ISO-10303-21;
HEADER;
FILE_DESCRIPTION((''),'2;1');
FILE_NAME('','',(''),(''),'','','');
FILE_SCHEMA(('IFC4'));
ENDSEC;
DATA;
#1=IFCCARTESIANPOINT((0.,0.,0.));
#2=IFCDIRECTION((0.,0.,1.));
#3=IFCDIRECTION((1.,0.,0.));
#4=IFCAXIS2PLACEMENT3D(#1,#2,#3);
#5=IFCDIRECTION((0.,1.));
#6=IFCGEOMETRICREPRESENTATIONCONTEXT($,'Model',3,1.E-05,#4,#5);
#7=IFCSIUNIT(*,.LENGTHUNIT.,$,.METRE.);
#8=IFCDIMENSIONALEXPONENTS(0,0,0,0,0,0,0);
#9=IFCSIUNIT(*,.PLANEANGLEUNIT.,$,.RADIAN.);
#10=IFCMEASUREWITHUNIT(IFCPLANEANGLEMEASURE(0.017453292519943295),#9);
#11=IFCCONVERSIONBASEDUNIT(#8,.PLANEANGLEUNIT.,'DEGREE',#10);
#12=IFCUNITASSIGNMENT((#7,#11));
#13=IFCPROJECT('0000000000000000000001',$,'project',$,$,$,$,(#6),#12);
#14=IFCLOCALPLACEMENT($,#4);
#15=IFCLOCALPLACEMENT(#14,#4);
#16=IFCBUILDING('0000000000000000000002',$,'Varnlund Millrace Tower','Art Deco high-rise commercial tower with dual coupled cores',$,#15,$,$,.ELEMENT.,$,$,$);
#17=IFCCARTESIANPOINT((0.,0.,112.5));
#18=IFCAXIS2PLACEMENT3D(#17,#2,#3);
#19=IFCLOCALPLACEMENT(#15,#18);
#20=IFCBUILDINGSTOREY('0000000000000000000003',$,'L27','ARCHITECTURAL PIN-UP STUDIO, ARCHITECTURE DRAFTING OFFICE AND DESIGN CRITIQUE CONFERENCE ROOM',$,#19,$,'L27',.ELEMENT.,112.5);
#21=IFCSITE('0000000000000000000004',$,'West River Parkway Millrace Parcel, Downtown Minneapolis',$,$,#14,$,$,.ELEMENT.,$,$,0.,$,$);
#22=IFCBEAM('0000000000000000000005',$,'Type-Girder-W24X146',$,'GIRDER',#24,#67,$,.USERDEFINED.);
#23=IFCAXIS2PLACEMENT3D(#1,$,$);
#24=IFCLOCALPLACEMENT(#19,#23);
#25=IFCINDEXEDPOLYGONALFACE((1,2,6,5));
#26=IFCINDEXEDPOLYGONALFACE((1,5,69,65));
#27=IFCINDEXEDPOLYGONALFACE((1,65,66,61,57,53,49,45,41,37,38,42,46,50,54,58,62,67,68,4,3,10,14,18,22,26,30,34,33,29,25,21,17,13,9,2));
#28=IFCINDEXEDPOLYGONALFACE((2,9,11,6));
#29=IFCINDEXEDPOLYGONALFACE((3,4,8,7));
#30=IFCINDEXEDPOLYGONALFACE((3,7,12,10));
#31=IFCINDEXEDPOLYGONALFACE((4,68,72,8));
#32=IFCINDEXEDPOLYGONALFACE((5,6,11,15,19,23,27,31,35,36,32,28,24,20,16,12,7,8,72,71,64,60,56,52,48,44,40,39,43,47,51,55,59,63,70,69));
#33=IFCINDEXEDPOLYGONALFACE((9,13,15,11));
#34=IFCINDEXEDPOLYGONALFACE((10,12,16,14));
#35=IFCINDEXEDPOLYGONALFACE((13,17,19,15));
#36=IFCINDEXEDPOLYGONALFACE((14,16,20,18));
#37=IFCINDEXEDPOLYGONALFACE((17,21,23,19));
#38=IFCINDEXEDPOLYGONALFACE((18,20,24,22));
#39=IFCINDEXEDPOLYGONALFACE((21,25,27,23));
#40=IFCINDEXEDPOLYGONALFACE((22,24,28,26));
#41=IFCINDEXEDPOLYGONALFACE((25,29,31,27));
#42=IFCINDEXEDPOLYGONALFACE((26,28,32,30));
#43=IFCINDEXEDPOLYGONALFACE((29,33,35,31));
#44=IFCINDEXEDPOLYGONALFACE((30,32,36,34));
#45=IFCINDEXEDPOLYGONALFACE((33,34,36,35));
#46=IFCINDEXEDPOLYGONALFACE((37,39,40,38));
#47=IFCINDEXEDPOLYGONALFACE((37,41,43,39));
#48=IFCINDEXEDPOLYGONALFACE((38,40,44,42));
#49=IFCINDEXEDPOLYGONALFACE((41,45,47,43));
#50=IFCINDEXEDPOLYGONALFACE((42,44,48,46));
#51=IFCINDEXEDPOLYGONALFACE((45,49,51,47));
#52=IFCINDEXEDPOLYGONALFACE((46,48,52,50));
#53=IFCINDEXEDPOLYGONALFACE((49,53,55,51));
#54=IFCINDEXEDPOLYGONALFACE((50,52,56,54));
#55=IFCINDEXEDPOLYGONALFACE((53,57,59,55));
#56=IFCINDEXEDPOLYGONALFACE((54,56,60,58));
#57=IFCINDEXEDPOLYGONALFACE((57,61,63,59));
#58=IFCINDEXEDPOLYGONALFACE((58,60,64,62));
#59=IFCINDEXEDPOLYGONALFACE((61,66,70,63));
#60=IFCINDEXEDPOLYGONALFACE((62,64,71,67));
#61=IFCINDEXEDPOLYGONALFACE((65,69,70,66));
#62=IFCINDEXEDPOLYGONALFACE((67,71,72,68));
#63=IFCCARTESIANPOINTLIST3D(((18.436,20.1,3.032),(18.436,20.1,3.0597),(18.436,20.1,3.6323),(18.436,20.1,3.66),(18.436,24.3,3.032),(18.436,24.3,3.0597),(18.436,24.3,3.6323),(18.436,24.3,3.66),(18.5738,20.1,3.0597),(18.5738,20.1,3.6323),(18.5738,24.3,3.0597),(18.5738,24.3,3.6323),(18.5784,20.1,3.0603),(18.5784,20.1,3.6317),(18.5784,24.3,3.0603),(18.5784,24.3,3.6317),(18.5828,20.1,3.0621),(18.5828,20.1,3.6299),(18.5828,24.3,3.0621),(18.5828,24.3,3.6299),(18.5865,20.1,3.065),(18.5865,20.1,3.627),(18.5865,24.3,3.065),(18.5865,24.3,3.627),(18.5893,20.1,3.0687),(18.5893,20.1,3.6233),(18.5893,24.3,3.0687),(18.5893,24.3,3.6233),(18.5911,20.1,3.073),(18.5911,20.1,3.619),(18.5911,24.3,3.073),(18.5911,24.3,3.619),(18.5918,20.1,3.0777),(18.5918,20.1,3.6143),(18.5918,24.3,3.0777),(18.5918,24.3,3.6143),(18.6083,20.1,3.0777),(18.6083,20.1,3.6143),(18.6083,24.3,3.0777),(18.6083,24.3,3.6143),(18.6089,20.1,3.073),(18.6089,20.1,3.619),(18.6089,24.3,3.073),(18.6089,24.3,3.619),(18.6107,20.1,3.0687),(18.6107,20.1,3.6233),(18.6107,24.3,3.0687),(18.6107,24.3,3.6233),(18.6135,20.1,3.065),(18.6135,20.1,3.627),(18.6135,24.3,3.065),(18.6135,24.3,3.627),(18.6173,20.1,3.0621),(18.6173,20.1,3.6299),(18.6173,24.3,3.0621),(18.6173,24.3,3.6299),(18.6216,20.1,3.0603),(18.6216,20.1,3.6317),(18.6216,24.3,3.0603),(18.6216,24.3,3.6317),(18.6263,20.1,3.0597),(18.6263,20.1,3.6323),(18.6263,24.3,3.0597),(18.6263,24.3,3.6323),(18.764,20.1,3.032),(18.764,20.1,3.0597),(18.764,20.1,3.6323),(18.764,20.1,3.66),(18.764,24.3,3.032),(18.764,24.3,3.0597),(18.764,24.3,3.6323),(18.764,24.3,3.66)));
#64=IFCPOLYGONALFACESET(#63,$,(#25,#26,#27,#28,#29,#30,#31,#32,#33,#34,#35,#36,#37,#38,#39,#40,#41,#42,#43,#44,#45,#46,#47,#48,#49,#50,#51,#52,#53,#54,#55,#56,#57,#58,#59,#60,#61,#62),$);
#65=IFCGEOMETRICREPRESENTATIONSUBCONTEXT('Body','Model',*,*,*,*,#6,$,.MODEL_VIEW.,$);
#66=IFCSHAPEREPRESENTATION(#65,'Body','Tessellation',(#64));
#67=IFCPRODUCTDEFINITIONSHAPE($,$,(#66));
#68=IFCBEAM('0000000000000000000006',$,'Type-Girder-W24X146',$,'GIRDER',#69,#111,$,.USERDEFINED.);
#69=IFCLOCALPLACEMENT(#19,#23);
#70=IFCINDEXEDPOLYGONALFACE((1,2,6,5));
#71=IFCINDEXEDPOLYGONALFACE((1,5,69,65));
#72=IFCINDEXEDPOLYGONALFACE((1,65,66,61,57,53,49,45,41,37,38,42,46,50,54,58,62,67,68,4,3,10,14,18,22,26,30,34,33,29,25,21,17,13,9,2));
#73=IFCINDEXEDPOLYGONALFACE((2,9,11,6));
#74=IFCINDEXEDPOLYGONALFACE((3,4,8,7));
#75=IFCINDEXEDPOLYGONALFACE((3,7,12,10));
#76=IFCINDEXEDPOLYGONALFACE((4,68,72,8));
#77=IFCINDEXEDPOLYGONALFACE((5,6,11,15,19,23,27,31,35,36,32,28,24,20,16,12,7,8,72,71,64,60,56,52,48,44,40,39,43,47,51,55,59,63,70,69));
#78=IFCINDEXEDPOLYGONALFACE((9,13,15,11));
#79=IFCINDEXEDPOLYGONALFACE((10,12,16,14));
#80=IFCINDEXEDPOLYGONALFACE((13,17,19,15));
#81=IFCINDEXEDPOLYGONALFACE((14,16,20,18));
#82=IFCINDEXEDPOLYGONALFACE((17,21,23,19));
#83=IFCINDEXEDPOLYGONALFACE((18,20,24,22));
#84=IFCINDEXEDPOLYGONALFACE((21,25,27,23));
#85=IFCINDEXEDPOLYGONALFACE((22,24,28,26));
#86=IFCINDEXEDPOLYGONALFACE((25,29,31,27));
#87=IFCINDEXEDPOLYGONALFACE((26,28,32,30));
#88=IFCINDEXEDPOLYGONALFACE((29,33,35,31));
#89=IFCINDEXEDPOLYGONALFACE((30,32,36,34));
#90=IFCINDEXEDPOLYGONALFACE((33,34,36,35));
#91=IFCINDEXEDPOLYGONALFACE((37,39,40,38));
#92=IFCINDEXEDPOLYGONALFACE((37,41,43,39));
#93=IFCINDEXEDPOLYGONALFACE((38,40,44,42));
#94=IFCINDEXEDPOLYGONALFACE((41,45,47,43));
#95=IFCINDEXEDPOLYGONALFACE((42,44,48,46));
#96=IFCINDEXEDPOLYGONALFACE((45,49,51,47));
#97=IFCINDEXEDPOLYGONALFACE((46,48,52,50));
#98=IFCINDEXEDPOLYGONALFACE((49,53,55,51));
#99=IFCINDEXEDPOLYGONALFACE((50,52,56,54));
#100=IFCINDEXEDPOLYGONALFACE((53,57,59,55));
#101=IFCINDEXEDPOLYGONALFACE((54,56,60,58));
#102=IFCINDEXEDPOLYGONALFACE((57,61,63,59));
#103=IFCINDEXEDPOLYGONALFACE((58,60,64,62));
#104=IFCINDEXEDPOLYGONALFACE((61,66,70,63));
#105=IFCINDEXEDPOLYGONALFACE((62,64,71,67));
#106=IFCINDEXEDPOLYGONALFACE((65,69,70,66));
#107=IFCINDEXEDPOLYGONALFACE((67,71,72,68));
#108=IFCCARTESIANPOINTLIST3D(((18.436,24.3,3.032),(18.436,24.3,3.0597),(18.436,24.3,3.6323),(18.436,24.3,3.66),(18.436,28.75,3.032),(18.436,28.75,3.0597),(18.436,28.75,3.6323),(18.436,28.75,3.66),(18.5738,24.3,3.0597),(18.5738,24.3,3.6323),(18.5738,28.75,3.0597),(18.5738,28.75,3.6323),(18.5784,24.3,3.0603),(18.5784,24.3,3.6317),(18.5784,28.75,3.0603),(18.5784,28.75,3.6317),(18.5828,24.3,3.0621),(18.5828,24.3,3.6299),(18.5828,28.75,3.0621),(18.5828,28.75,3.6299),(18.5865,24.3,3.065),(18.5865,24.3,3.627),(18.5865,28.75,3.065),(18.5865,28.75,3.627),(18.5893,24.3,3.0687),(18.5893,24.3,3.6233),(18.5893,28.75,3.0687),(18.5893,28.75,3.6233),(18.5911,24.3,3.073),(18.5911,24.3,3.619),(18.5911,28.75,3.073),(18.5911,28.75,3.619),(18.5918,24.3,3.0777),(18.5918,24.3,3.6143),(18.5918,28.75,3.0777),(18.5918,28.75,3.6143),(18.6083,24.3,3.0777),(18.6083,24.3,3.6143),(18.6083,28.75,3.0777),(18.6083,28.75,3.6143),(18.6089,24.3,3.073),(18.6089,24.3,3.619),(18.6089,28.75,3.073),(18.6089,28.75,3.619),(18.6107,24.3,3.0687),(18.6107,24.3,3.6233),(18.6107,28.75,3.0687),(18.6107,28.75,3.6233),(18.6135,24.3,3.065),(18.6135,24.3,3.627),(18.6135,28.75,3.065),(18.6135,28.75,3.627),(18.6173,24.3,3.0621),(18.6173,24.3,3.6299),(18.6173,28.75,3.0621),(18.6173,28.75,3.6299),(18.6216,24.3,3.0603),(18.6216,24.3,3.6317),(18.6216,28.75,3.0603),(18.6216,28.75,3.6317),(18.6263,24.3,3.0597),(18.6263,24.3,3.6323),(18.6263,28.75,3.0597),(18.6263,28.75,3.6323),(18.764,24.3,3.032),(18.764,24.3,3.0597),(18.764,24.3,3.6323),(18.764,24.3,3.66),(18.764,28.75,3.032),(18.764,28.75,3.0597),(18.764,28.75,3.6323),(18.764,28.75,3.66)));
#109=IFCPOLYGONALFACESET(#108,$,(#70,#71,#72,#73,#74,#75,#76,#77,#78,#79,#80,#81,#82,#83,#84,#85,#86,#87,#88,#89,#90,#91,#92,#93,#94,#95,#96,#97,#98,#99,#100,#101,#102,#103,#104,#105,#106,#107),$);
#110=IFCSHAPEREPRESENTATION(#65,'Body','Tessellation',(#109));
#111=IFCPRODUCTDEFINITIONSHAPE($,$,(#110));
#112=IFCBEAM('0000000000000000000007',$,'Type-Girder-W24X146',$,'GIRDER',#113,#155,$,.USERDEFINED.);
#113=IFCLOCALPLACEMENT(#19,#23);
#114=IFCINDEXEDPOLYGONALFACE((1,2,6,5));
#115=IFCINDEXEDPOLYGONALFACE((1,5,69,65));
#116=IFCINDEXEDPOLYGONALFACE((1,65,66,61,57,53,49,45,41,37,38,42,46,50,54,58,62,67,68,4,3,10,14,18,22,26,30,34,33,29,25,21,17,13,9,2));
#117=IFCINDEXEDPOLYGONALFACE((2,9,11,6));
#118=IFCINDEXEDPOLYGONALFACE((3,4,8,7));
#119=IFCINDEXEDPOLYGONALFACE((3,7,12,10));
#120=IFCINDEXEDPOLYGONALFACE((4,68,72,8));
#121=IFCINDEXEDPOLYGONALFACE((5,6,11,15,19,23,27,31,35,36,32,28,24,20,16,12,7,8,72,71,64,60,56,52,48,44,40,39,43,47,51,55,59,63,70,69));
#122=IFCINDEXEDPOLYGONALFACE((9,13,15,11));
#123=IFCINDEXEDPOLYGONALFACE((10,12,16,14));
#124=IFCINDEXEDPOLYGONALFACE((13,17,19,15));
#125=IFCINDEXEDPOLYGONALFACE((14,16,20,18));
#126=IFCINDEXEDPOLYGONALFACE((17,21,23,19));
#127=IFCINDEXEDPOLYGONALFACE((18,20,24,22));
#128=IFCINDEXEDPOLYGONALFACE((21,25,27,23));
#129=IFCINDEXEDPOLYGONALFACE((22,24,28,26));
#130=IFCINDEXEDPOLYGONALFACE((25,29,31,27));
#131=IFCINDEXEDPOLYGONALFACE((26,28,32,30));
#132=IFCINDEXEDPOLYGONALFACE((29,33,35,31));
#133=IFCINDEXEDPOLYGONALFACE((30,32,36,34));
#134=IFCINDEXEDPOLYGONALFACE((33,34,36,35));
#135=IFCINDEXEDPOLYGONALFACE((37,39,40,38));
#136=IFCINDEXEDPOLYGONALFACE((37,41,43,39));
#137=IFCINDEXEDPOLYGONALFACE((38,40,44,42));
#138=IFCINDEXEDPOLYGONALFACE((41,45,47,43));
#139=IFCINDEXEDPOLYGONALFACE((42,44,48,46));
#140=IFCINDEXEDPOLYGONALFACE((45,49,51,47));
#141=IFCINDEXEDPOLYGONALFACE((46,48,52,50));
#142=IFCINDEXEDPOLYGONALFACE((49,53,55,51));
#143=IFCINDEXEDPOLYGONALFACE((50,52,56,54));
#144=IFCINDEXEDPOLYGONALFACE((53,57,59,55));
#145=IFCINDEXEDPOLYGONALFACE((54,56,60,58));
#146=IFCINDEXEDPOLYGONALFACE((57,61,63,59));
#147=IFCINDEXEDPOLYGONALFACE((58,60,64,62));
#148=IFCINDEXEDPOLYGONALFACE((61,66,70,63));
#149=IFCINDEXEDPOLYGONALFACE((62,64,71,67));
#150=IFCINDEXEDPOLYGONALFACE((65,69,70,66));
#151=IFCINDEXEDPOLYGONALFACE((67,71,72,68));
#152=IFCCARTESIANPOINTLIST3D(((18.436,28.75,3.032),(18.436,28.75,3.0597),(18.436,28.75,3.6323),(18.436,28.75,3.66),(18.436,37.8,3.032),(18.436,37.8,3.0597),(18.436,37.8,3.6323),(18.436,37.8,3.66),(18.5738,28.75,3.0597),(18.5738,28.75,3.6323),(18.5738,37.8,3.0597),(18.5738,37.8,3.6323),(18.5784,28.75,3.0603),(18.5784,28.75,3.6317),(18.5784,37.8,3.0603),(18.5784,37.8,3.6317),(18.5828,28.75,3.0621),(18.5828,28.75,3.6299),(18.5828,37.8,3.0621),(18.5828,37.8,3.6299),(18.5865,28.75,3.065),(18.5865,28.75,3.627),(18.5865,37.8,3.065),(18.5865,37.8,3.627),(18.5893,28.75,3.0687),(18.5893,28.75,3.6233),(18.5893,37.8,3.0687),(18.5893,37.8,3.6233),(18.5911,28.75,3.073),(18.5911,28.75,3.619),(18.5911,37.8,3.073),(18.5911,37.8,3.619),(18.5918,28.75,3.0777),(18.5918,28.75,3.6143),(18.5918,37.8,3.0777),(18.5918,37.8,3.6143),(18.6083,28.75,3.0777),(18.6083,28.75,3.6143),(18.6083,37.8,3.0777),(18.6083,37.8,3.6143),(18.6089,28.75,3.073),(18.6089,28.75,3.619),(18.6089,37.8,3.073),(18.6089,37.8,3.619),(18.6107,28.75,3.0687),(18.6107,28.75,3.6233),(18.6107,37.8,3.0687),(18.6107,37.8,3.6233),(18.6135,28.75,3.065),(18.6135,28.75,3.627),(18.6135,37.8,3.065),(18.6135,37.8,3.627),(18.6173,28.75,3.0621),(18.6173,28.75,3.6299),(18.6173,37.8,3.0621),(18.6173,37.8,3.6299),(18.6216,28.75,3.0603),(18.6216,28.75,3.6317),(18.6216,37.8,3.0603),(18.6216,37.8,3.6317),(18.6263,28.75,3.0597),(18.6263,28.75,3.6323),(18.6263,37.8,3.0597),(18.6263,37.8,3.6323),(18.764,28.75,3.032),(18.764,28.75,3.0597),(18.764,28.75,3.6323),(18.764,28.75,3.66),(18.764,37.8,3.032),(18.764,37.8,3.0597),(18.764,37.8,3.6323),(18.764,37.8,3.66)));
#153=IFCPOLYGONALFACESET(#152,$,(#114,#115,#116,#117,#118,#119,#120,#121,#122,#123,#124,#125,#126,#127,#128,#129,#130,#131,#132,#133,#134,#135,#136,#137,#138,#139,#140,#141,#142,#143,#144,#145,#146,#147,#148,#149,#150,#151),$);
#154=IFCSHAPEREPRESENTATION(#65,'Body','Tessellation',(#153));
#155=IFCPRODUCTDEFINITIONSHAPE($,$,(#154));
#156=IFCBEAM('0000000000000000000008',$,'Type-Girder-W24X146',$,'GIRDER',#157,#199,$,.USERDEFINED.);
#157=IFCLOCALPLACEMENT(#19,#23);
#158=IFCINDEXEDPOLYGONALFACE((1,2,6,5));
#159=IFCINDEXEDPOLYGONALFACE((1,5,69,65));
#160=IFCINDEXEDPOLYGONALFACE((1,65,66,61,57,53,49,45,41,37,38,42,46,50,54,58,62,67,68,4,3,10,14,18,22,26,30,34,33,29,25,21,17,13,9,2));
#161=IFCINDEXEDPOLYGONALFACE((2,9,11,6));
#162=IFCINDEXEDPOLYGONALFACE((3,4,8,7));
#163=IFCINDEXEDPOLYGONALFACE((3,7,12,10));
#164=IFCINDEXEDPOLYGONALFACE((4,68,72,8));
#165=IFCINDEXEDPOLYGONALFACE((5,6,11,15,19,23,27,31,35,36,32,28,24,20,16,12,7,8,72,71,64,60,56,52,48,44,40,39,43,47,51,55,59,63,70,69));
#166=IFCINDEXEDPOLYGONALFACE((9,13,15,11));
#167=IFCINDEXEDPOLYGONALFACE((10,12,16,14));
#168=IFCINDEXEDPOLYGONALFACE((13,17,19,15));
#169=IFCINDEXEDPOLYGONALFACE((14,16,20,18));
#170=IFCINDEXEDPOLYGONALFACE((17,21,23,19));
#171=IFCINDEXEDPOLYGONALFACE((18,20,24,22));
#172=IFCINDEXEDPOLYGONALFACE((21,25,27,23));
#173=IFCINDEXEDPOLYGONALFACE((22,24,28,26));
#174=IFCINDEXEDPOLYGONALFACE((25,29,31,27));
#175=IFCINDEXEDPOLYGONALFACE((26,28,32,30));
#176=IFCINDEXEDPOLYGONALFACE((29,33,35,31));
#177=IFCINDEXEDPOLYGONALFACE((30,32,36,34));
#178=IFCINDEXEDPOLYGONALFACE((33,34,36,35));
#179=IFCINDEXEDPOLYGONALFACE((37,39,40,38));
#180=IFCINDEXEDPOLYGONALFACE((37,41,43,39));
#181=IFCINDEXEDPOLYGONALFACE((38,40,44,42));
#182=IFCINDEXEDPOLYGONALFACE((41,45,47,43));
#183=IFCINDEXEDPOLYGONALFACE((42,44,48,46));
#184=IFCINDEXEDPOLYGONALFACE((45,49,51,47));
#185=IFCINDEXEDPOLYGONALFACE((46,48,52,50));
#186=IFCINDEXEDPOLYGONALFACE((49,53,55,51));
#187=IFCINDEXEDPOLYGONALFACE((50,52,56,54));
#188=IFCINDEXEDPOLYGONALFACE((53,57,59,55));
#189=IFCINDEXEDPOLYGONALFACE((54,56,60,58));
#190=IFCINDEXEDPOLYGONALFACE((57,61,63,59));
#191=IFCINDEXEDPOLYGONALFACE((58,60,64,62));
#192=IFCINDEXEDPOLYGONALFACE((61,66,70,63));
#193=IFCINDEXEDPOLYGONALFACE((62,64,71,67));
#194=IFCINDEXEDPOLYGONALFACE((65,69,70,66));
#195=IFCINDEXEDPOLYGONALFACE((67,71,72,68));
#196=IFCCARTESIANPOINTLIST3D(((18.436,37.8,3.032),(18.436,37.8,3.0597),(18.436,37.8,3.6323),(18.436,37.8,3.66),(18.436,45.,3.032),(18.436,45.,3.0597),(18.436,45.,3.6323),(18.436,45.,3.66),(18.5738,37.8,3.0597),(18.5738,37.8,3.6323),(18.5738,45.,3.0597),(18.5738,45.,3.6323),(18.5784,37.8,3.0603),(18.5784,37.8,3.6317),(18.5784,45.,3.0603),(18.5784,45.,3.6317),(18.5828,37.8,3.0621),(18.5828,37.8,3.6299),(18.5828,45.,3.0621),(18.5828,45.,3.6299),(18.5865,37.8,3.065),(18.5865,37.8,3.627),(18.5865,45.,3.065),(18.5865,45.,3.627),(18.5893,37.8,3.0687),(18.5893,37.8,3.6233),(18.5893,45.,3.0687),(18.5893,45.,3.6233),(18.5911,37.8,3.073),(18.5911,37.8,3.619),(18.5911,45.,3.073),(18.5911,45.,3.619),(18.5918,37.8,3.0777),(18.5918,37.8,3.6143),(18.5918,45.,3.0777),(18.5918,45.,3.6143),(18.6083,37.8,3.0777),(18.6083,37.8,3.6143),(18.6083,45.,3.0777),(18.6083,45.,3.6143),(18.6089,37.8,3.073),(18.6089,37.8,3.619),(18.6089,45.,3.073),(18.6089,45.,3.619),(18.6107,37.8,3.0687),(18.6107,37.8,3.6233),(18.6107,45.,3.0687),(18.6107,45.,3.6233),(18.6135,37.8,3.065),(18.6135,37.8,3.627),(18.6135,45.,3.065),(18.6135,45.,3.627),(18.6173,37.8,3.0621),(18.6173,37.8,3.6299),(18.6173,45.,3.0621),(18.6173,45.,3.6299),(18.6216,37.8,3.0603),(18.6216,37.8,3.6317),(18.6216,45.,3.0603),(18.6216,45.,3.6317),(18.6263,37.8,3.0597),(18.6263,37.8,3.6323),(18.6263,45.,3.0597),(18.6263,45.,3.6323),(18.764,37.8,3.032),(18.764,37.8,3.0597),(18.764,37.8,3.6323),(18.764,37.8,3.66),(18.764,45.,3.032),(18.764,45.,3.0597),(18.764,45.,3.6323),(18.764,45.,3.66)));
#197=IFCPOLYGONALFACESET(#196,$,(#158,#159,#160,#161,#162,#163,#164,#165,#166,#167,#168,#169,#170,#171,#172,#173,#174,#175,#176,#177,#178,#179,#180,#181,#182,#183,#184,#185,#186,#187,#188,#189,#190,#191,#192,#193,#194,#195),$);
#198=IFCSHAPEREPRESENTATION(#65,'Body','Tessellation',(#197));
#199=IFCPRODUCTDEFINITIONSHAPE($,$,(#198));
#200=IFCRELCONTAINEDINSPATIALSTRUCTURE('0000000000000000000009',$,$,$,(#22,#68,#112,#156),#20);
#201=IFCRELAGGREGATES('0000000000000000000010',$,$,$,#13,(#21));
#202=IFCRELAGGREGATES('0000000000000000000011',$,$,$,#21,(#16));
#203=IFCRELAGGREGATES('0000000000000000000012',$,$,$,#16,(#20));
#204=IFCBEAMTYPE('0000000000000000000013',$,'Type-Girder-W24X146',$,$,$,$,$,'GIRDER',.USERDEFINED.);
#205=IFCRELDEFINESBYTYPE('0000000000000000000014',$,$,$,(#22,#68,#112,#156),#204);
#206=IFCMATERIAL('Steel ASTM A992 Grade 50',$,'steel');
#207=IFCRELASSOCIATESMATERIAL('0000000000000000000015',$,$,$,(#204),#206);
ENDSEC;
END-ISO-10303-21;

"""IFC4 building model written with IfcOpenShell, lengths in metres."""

from ifc_helpers import new_model, entity, si_unit, converted_unit, direction, frame, origin_with_axes, origin_2d_with_axis, place, context, subcontext, project, spatial, i_section, extrude, material, material_profile, profile_set, type_object, element, save


model = new_model("IFC4")

# Units and contexts
model_context = context("Model", 3, precision=1e-05, world=origin_with_axes(), true_north=direction((0.0, 1.0)))
body_context = subcontext(model_context, "Body", "Model", "MODEL_VIEW")
ifc_project = project(units=[si_unit("LENGTHUNIT", "METRE"), converted_unit("PLANEANGLEUNIT", "DEGREE", entity("IfcPlaneAngleMeasure", 0.017453292519943295), si_unit("PLANEANGLEUNIT", "RADIAN"), dimensions=[0, 0, 0, 0, 0, 0, 0])], contexts=[model_context])

# Site, building, storey
site_placement = place(None, origin_with_axes())
site = spatial("IfcSite", under=ifc_project, at=site_placement, Name="West River Parkway Millrace Parcel, Downtown Minneapolis", CompositionType="ELEMENT", RefElevation=0.0)
building_placement = place(site_placement, origin_with_axes())
building = spatial("IfcBuilding", under=site, at=building_placement, Name="Varnlund Millrace Tower", Description="Art Deco high-rise commercial tower with dual coupled cores", CompositionType="ELEMENT")
storey_placement = place(building_placement, frame((0.0, 0.0, 112.5), z_axis=(0.0, 0.0, 1.0), x_axis=(1.0, 0.0, 0.0)))
storey = spatial("IfcBuildingStorey", under=building, at=storey_placement, Name="L27", Description="ARCHITECTURAL PIN-UP STUDIO, ARCHITECTURE DRAFTING OFFICE AND DESIGN CRITIQUE CONFERENCE ROOM", LongName="L27", CompositionType="ELEMENT", Elevation=112.5)

# Beams
ifc_material_1 = material(Name="Steel ASTM A992 Grade 50", Category="steel")
ifc_material_profile_1 = material_profile(ifc_material_1, i_section(OverallWidth=0.328, OverallDepth=0.628, WebThickness=0.0165, FlangeThickness=0.0277, FilletRadius=0.018, at=origin_2d_with_axis()), Name="Steel ASTM A992 Grade 50")
ifc_profile_set_1 = profile_set([ifc_material_profile_1], Name="Steel ASTM A992 Grade 50")
beam_type_1 = type_object("IfcBeamType", Name="Type-Girder-W24X146", ElementType="GIRDER", PredefinedType="USERDEFINED", material=ifc_profile_set_1)
beam_1_placement = place(storey_placement, frame((18.6, 20.1, 3.346), z_axis=(0.0, 1.0, 0.0), x_axis=(-1.0, 0.0, 0.0)))
element("IfcBeam", 1, at=beam_1_placement, inside=storey, type_object=beam_type_1, Name="Type-Girder-W24X146", ObjectType="GIRDER", PredefinedType="USERDEFINED", context=body_context, shape_type="SweptSolid", body=[
    extrude(i_section(OverallWidth=0.328, OverallDepth=0.628, WebThickness=0.0165, FlangeThickness=0.0277, FilletRadius=0.018, at=origin_2d_with_axis()), origin_with_axes(), (0.0, 0.0, 1.0), 4.2),
])
beam_2_placement = place(storey_placement, frame((18.6, 24.3, 3.346), z_axis=(0.0, 1.0, 0.0), x_axis=(-1.0, 0.0, 0.0)))
element("IfcBeam", 2, at=beam_2_placement, inside=storey, type_object=beam_type_1, Name="Type-Girder-W24X146", ObjectType="GIRDER", PredefinedType="USERDEFINED", context=body_context, shape_type="SweptSolid", body=[
    extrude(i_section(OverallWidth=0.328, OverallDepth=0.628, WebThickness=0.0165, FlangeThickness=0.0277, FilletRadius=0.018, at=origin_2d_with_axis()), origin_with_axes(), (0.0, 0.0, 1.0), 4.45),
])
beam_3_placement = place(storey_placement, frame((18.6, 28.75, 3.346), z_axis=(0.0, 1.0, 0.0), x_axis=(-1.0, 0.0, 0.0)))
element("IfcBeam", 3, at=beam_3_placement, inside=storey, type_object=beam_type_1, Name="Type-Girder-W24X146", ObjectType="GIRDER", PredefinedType="USERDEFINED", context=body_context, shape_type="SweptSolid", body=[
    extrude(i_section(OverallWidth=0.328, OverallDepth=0.628, WebThickness=0.0165, FlangeThickness=0.0277, FilletRadius=0.018, at=origin_2d_with_axis()), origin_with_axes(), (0.0, 0.0, 1.0), 9.05),
])
beam_4_placement = place(storey_placement, frame((18.6, 37.8, 3.346), z_axis=(0.0, 1.0, 0.0), x_axis=(-1.0, 0.0, 0.0)))
element("IfcBeam", 4, at=beam_4_placement, inside=storey, type_object=beam_type_1, Name="Type-Girder-W24X146", ObjectType="GIRDER", PredefinedType="USERDEFINED", context=body_context, shape_type="SweptSolid", body=[
    extrude(i_section(OverallWidth=0.328, OverallDepth=0.628, WebThickness=0.0165, FlangeThickness=0.0277, FilletRadius=0.018, at=origin_2d_with_axis()), origin_with_axes(), (0.0, 0.0, 1.0), 7.2),
])

save(model, "model.ifc")
